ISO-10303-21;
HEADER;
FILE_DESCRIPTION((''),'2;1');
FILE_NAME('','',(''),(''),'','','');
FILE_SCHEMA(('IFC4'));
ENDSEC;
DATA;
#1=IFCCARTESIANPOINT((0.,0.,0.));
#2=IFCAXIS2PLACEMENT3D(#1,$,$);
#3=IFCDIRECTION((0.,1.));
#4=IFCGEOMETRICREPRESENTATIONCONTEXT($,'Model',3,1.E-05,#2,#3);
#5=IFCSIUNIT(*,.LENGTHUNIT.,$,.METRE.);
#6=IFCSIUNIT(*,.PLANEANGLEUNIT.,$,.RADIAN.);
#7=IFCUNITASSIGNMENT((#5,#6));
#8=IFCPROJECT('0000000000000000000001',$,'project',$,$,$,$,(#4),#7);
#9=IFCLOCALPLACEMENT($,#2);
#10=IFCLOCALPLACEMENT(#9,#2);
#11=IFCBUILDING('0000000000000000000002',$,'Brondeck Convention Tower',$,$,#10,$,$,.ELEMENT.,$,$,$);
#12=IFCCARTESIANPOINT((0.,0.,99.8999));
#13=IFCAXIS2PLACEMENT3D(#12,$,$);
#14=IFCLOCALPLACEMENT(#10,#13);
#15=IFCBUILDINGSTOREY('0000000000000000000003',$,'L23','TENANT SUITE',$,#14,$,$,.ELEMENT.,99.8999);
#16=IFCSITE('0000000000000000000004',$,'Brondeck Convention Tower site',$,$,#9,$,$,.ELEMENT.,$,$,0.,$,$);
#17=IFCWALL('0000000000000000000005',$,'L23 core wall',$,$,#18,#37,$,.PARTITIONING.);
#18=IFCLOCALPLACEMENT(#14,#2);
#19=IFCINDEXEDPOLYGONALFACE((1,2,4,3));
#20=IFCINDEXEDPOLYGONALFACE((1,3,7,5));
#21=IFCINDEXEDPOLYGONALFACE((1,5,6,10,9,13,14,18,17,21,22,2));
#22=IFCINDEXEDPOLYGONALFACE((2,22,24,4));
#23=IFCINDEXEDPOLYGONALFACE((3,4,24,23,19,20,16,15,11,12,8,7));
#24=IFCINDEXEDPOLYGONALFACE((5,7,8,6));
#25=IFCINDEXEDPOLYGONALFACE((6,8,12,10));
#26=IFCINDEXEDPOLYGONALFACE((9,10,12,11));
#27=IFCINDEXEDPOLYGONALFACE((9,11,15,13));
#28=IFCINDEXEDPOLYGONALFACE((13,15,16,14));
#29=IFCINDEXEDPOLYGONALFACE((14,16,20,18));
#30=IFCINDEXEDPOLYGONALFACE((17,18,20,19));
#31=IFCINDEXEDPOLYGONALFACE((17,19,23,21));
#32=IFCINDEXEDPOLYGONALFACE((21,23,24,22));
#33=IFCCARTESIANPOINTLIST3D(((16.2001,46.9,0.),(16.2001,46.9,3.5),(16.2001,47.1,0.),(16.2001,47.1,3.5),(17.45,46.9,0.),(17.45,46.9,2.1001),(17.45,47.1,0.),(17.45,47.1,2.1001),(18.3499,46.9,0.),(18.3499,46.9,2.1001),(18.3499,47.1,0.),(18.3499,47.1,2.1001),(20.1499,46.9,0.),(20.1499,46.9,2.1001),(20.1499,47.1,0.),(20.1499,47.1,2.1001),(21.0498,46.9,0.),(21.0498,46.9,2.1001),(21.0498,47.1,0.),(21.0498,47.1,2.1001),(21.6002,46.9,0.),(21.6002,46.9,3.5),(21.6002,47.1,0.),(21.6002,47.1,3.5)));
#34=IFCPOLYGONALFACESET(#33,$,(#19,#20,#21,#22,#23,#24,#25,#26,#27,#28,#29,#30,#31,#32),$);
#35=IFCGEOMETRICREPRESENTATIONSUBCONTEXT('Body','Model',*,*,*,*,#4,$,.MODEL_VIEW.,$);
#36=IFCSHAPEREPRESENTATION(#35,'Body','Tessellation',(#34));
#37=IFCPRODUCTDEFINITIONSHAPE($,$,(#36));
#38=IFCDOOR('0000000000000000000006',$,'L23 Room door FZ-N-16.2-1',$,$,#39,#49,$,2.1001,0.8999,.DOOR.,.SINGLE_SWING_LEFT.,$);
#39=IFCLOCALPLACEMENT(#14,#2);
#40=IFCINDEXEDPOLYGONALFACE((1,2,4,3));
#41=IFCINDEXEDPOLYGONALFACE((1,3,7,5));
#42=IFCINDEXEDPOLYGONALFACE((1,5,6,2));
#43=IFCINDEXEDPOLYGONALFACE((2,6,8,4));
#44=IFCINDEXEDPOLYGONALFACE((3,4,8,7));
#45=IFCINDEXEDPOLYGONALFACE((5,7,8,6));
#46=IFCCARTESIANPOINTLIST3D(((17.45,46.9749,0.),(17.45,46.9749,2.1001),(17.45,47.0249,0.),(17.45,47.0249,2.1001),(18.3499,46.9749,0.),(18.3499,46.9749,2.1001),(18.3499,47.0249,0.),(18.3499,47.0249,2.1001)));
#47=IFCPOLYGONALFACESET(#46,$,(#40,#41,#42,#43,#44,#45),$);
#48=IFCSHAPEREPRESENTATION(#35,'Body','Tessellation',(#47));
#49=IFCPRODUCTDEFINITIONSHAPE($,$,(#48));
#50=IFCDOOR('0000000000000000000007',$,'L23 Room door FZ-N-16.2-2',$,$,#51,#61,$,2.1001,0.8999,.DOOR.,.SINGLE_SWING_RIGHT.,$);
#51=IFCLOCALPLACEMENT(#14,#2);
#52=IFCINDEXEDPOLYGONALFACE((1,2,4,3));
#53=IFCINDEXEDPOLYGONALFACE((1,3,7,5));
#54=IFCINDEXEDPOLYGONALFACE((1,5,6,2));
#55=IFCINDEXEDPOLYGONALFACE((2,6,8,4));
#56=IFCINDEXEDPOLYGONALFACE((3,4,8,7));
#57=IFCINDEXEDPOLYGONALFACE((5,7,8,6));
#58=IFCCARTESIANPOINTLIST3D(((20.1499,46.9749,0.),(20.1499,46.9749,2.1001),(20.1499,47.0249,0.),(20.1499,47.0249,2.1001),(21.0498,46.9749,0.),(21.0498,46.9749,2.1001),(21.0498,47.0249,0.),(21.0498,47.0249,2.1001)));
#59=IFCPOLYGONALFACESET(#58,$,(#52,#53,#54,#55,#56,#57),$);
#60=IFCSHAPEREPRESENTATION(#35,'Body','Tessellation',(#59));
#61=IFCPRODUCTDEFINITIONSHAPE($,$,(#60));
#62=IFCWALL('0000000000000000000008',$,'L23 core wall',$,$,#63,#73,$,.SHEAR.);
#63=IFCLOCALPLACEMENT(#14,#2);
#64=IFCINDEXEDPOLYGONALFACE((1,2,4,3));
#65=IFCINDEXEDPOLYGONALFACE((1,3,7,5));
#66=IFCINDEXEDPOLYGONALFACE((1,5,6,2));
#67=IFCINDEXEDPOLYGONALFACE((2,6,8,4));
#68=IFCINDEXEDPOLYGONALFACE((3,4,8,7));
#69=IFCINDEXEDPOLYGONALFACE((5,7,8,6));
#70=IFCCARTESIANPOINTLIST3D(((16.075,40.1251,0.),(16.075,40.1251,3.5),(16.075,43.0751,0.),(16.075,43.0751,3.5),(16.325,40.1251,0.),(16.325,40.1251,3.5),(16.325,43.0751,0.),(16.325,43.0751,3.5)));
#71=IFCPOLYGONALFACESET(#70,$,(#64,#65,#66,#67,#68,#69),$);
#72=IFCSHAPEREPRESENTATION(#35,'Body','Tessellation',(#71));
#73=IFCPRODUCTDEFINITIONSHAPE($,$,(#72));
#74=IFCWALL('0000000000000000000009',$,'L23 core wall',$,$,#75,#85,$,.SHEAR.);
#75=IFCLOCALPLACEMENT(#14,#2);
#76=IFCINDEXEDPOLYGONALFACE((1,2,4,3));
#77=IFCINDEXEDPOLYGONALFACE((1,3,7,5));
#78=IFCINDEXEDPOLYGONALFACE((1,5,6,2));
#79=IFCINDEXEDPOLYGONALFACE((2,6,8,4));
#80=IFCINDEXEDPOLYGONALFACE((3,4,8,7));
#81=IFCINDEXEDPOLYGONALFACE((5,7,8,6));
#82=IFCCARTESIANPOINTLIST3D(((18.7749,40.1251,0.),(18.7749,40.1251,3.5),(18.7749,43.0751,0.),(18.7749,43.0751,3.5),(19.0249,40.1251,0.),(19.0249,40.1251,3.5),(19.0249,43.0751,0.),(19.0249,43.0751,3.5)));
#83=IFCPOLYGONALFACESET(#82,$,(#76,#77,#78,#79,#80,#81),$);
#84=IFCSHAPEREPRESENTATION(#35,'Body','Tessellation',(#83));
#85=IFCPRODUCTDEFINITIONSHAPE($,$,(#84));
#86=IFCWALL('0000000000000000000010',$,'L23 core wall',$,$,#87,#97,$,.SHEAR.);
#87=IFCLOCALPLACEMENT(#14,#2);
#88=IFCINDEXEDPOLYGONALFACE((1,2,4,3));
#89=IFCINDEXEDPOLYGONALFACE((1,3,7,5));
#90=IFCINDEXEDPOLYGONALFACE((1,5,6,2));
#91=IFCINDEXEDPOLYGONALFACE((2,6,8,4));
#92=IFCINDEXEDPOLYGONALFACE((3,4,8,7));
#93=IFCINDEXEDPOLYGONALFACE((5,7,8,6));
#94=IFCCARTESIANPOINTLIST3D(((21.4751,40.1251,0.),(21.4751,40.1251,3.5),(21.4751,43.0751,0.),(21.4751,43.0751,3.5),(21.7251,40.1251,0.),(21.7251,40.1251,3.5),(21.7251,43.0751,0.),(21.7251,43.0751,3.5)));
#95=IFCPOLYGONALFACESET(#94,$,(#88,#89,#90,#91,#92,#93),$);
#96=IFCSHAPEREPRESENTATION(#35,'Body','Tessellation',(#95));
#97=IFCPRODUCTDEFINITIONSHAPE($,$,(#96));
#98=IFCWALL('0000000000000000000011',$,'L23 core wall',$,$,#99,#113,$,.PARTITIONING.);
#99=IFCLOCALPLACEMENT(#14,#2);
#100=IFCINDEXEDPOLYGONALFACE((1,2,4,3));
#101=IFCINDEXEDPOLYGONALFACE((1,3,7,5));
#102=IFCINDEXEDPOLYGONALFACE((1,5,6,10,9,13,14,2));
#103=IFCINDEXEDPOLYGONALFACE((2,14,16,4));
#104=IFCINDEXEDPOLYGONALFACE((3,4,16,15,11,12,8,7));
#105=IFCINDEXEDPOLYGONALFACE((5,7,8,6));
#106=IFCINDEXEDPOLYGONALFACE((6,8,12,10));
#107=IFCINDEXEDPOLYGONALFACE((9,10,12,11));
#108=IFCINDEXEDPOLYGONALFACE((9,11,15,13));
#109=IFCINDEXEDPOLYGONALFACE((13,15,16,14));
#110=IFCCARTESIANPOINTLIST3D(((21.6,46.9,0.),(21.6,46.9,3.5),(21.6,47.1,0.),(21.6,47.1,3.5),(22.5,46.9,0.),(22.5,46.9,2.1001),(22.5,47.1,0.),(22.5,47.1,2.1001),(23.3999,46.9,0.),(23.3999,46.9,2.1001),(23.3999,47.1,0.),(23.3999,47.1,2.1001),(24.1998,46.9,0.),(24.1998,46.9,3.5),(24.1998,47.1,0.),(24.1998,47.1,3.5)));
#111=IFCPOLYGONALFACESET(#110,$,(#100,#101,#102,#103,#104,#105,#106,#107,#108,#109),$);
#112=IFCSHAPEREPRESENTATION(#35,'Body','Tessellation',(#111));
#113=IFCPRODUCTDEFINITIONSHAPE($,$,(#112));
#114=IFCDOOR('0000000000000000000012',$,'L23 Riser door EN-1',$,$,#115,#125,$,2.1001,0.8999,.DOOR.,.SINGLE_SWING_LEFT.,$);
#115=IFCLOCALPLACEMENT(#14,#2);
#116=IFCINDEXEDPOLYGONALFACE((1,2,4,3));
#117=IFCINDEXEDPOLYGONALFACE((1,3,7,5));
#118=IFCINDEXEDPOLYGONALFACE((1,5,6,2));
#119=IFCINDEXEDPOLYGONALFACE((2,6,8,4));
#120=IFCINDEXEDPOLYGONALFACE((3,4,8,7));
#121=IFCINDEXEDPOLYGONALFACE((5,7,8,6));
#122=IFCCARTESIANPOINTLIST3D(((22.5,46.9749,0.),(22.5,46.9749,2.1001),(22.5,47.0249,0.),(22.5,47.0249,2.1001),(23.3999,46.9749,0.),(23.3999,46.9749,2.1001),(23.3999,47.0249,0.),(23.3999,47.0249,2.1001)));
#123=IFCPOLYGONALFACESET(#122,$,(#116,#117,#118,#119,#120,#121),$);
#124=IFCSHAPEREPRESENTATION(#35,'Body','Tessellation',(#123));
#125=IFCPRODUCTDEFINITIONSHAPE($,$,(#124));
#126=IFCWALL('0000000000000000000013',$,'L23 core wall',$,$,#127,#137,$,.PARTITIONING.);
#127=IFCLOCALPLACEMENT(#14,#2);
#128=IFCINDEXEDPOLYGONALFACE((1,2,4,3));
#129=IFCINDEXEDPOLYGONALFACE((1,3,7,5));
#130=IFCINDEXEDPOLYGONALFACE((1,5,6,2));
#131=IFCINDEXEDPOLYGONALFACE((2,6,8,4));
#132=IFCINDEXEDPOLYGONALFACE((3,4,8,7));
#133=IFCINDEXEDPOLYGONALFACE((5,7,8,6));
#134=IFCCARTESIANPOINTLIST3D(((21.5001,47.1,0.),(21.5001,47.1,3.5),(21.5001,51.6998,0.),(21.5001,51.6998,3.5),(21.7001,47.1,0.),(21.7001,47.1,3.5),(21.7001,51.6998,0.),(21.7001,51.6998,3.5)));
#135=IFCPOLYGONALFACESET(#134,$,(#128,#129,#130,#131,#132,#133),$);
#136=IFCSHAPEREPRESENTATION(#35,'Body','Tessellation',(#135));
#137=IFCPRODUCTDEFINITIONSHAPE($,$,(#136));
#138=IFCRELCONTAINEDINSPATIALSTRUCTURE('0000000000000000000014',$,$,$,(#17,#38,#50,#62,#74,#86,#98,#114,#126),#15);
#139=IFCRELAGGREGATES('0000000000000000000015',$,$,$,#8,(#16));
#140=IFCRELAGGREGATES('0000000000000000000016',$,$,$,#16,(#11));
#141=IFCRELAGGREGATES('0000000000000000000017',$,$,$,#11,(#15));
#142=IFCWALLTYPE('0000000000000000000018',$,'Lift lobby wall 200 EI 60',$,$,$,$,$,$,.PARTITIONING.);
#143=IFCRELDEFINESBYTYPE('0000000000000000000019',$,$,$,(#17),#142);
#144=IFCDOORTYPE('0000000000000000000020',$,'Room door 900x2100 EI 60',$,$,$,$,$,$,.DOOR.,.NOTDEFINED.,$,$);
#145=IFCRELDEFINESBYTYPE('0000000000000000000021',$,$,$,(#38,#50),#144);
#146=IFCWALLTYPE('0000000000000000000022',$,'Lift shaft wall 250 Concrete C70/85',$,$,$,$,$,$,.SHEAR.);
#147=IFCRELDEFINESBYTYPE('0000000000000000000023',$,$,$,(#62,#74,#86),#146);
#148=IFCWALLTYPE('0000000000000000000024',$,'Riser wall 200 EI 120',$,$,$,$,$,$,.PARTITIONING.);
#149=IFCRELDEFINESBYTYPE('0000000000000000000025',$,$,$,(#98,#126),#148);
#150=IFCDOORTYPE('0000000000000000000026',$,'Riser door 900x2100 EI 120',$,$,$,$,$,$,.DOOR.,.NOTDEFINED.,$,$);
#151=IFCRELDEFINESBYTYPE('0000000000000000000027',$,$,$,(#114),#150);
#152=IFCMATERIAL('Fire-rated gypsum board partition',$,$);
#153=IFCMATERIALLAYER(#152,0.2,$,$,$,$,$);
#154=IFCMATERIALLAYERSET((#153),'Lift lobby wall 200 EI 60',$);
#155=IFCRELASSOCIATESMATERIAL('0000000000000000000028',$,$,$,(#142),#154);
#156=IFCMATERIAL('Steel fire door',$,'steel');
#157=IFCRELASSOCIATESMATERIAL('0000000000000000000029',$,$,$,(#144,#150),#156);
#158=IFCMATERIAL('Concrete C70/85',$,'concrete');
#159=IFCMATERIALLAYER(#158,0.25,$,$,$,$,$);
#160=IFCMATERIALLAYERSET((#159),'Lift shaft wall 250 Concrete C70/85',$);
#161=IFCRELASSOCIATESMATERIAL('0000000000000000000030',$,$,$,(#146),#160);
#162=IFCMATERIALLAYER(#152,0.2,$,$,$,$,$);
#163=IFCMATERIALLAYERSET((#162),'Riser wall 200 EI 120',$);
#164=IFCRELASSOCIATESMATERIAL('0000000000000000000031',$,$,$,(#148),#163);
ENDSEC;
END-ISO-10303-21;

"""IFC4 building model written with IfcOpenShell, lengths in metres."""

from ifc_helpers import new_model, si_unit, direction, frame, frame_2d, origin, place, context, subcontext, project, spatial, rectangle, extrude, material, layer, layer_set, type_object, element, fill, save


model = new_model("IFC4")

# Units and contexts
model_context = context("Model", 3, precision=1e-05, world=origin(), true_north=direction((0.0, 1.0)))
body_context = subcontext(model_context, "Body", "Model", "MODEL_VIEW")
ifc_project = project(units=[si_unit("LENGTHUNIT", "METRE"), si_unit("PLANEANGLEUNIT", "RADIAN")], contexts=[model_context])

# Site, building, storey
site_placement = place(None, origin())
site = spatial("IfcSite", under=ifc_project, at=site_placement, Name="Brondeck Convention Tower site", CompositionType="ELEMENT", RefElevation=0.0)
building_placement = place(site_placement, origin())
building = spatial("IfcBuilding", under=site, at=building_placement, Name="Brondeck Convention Tower", CompositionType="ELEMENT")
storey_placement = place(building_placement, frame((0.0, 0.0, 99.8999)))
storey = spatial("IfcBuildingStorey", under=building, at=storey_placement, Name="L23", Description="TENANT SUITE", CompositionType="ELEMENT", Elevation=99.8999)

# Shared definitions
ifc_material_1 = material(Name="Fire-rated gypsum board partition")

# Shared definitions
ifc_layer_1 = layer(ifc_material_1, 0.2)
ifc_layer_set_1 = layer_set([ifc_layer_1], Name="Lift lobby wall 200 EI 60")
wall_type_1 = type_object("IfcWallType", Name="Lift lobby wall 200 EI 60", PredefinedType="PARTITIONING", material=ifc_layer_set_1)
ifc_material_2 = material(Name="Steel fire door", Category="steel")
door_type_1 = type_object("IfcDoorType", Name="Room door 900x2100 EI 60", OperationType="NOTDEFINED", PredefinedType="DOOR", material=ifc_material_2)

# Wall, openings, doors
wall_1_placement = place(storey_placement, frame((16.2, 47.0, 0.0), z_axis=(0.0, 0.0, 1.0), x_axis=(1.0, 0.0, 0.0)))
wall_1 = element("IfcWall", 1, at=wall_1_placement, inside=storey, type_object=wall_type_1, Name="L23 core wall", PredefinedType="PARTITIONING", context=body_context, shape_type="SweptSolid", body=[
    extrude(rectangle(XDim=5.4001, YDim=0.2, at=frame_2d((2.7002, 0.0))), origin(), (0.0, 0.0, 1.0), 3.5),
])
opening_1_placement = place(wall_1_placement, frame((1.25, 0.0, 0.0)))
opening_1 = element("IfcOpeningElement", 2, at=opening_1_placement, cuts=wall_1, PredefinedType="OPENING", context=body_context, shape_type="SweptSolid", body=[
    extrude(rectangle(XDim=0.8999, YDim=2.1001, at=frame_2d((0.45, 1.05))), frame((0.0, 0.1099, 0.0), z_axis=(0.0, -1.0, 0.0), x_axis=(1.0, 0.0, 0.0)), (0.0, 0.0, 1.0), 0.22),
])
opening_2_placement = place(wall_1_placement, frame((3.95, 0.0, 0.0)))
opening_2 = element("IfcOpeningElement", 3, at=opening_2_placement, cuts=wall_1, PredefinedType="OPENING", context=body_context, shape_type="SweptSolid", body=[
    extrude(rectangle(XDim=0.8999, YDim=2.1001, at=frame_2d((0.45, 1.05))), frame((0.0, 0.1099, 0.0), z_axis=(0.0, -1.0, 0.0), x_axis=(1.0, 0.0, 0.0)), (0.0, 0.0, 1.0), 0.22),
])
door_1_placement = place(opening_1_placement, origin())
door_1 = element("IfcDoor", 4, at=door_1_placement, inside=storey, type_object=door_type_1, Name="L23 Room door FZ-N-16.2-1", OperationType="SINGLE_SWING_LEFT", OverallHeight=2.1001, OverallWidth=0.8999, PredefinedType="DOOR", context=body_context, shape_type="SweptSolid", body=[
    extrude(rectangle(XDim=0.8999, YDim=2.1001, at=frame_2d((0.45, 1.05))), frame((0.0, 0.0249, 0.0), z_axis=(0.0, -1.0, 0.0), x_axis=(1.0, 0.0, 0.0)), (0.0, 0.0, 1.0), 0.05),
])
fill(opening_1, door_1)
door_2_placement = place(opening_2_placement, origin())
door_2 = element("IfcDoor", 5, at=door_2_placement, inside=storey, type_object=door_type_1, Name="L23 Room door FZ-N-16.2-2", OperationType="SINGLE_SWING_RIGHT", OverallHeight=2.1001, OverallWidth=0.8999, PredefinedType="DOOR", context=body_context, shape_type="SweptSolid", body=[
    extrude(rectangle(XDim=0.8999, YDim=2.1001, at=frame_2d((0.45, 1.05))), frame((0.0, 0.0249, 0.0), z_axis=(0.0, -1.0, 0.0), x_axis=(1.0, 0.0, 0.0)), (0.0, 0.0, 1.0), 0.05),
])
fill(opening_2, door_2)

# Walls
ifc_material_3 = material(Name="Concrete C70/85", Category="concrete")
ifc_layer_2 = layer(ifc_material_3, 0.25)
ifc_layer_set_2 = layer_set([ifc_layer_2], Name="Lift shaft wall 250 Concrete C70/85")
wall_type_2 = type_object("IfcWallType", Name="Lift shaft wall 250 Concrete C70/85", PredefinedType="SHEAR", material=ifc_layer_set_2)
for number, where, z_axis, x_axis, name in (
    (6, (16.2, 40.125, 0.0), (0.0, 0.0, 1.0), (0.0, 1.0, 0.0), "L23 core wall"),
    (7, (18.8999, 40.125, 0.0), (0.0, 0.0, 1.0), (0.0, 1.0, 0.0), "L23 core wall"),
    (8, (21.6001, 40.125, 0.0), (0.0, 0.0, 1.0), (0.0, 1.0, 0.0), "L23 core wall"),
):
    element("IfcWall", number, at=place(storey_placement, frame(where, z_axis=z_axis, x_axis=x_axis)), inside=storey, type_object=wall_type_2, Name=name, PredefinedType="SHEAR", context=body_context, shape_type="SweptSolid", body=[
        extrude(rectangle(XDim=2.95, YDim=0.25, at=frame_2d((1.4751, 0.0))), origin(), (0.0, 0.0, 1.0), 3.5),
    ])

# Wall, opening, door
ifc_layer_3 = layer(ifc_material_1, 0.2)
ifc_layer_set_3 = layer_set([ifc_layer_3], Name="Riser wall 200 EI 120")
wall_type_3 = type_object("IfcWallType", Name="Riser wall 200 EI 120", PredefinedType="PARTITIONING", material=ifc_layer_set_3)
wall_2_placement = place(storey_placement, frame((21.6001, 47.0, 0.0), z_axis=(0.0, 0.0, 1.0), x_axis=(1.0, 0.0, 0.0)))
wall_2 = element("IfcWall", 9, at=wall_2_placement, inside=storey, type_object=wall_type_3, Name="L23 core wall", PredefinedType="PARTITIONING", context=body_context, shape_type="SweptSolid", body=[
    extrude(rectangle(XDim=2.5999, YDim=0.2, at=frame_2d((1.2998, 0.0))), origin(), (0.0, 0.0, 1.0), 3.5),
])
opening_3_placement = place(wall_2_placement, frame((0.8999, 0.0, 0.0)))
opening_3 = element("IfcOpeningElement", 10, at=opening_3_placement, cuts=wall_2, PredefinedType="OPENING", context=body_context, shape_type="SweptSolid", body=[
    extrude(rectangle(XDim=0.8999, YDim=2.1001, at=frame_2d((0.45, 1.05))), frame((0.0, 0.1099, 0.0), z_axis=(0.0, -1.0, 0.0), x_axis=(1.0, 0.0, 0.0)), (0.0, 0.0, 1.0), 0.22),
])
door_type_2 = type_object("IfcDoorType", Name="Riser door 900x2100 EI 120", OperationType="NOTDEFINED", PredefinedType="DOOR", material=ifc_material_2)
door_3_placement = place(opening_3_placement, origin())
door_3 = element("IfcDoor", 11, at=door_3_placement, inside=storey, type_object=door_type_2, Name="L23 Riser door EN-1", OperationType="SINGLE_SWING_LEFT", OverallHeight=2.1001, OverallWidth=0.8999, PredefinedType="DOOR", context=body_context, shape_type="SweptSolid", body=[
    extrude(rectangle(XDim=0.8999, YDim=2.1001, at=frame_2d((0.45, 1.05))), frame((0.0, 0.0249, 0.0), z_axis=(0.0, -1.0, 0.0), x_axis=(1.0, 0.0, 0.0)), (0.0, 0.0, 1.0), 0.05),
])
fill(opening_3, door_3)

# Wall
wall_3_placement = place(storey_placement, frame((21.6001, 47.1001, 0.0), z_axis=(0.0, 0.0, 1.0), x_axis=(0.0, 1.0, 0.0)))
element("IfcWall", 12, at=wall_3_placement, inside=storey, type_object=wall_type_3, Name="L23 core wall", PredefinedType="PARTITIONING", context=body_context, shape_type="SweptSolid", body=[
    extrude(rectangle(XDim=4.5999, YDim=0.2, at=frame_2d((2.2998, 0.0))), origin(), (0.0, 0.0, 1.0), 3.5),
])

save(model, "model.ifc")
